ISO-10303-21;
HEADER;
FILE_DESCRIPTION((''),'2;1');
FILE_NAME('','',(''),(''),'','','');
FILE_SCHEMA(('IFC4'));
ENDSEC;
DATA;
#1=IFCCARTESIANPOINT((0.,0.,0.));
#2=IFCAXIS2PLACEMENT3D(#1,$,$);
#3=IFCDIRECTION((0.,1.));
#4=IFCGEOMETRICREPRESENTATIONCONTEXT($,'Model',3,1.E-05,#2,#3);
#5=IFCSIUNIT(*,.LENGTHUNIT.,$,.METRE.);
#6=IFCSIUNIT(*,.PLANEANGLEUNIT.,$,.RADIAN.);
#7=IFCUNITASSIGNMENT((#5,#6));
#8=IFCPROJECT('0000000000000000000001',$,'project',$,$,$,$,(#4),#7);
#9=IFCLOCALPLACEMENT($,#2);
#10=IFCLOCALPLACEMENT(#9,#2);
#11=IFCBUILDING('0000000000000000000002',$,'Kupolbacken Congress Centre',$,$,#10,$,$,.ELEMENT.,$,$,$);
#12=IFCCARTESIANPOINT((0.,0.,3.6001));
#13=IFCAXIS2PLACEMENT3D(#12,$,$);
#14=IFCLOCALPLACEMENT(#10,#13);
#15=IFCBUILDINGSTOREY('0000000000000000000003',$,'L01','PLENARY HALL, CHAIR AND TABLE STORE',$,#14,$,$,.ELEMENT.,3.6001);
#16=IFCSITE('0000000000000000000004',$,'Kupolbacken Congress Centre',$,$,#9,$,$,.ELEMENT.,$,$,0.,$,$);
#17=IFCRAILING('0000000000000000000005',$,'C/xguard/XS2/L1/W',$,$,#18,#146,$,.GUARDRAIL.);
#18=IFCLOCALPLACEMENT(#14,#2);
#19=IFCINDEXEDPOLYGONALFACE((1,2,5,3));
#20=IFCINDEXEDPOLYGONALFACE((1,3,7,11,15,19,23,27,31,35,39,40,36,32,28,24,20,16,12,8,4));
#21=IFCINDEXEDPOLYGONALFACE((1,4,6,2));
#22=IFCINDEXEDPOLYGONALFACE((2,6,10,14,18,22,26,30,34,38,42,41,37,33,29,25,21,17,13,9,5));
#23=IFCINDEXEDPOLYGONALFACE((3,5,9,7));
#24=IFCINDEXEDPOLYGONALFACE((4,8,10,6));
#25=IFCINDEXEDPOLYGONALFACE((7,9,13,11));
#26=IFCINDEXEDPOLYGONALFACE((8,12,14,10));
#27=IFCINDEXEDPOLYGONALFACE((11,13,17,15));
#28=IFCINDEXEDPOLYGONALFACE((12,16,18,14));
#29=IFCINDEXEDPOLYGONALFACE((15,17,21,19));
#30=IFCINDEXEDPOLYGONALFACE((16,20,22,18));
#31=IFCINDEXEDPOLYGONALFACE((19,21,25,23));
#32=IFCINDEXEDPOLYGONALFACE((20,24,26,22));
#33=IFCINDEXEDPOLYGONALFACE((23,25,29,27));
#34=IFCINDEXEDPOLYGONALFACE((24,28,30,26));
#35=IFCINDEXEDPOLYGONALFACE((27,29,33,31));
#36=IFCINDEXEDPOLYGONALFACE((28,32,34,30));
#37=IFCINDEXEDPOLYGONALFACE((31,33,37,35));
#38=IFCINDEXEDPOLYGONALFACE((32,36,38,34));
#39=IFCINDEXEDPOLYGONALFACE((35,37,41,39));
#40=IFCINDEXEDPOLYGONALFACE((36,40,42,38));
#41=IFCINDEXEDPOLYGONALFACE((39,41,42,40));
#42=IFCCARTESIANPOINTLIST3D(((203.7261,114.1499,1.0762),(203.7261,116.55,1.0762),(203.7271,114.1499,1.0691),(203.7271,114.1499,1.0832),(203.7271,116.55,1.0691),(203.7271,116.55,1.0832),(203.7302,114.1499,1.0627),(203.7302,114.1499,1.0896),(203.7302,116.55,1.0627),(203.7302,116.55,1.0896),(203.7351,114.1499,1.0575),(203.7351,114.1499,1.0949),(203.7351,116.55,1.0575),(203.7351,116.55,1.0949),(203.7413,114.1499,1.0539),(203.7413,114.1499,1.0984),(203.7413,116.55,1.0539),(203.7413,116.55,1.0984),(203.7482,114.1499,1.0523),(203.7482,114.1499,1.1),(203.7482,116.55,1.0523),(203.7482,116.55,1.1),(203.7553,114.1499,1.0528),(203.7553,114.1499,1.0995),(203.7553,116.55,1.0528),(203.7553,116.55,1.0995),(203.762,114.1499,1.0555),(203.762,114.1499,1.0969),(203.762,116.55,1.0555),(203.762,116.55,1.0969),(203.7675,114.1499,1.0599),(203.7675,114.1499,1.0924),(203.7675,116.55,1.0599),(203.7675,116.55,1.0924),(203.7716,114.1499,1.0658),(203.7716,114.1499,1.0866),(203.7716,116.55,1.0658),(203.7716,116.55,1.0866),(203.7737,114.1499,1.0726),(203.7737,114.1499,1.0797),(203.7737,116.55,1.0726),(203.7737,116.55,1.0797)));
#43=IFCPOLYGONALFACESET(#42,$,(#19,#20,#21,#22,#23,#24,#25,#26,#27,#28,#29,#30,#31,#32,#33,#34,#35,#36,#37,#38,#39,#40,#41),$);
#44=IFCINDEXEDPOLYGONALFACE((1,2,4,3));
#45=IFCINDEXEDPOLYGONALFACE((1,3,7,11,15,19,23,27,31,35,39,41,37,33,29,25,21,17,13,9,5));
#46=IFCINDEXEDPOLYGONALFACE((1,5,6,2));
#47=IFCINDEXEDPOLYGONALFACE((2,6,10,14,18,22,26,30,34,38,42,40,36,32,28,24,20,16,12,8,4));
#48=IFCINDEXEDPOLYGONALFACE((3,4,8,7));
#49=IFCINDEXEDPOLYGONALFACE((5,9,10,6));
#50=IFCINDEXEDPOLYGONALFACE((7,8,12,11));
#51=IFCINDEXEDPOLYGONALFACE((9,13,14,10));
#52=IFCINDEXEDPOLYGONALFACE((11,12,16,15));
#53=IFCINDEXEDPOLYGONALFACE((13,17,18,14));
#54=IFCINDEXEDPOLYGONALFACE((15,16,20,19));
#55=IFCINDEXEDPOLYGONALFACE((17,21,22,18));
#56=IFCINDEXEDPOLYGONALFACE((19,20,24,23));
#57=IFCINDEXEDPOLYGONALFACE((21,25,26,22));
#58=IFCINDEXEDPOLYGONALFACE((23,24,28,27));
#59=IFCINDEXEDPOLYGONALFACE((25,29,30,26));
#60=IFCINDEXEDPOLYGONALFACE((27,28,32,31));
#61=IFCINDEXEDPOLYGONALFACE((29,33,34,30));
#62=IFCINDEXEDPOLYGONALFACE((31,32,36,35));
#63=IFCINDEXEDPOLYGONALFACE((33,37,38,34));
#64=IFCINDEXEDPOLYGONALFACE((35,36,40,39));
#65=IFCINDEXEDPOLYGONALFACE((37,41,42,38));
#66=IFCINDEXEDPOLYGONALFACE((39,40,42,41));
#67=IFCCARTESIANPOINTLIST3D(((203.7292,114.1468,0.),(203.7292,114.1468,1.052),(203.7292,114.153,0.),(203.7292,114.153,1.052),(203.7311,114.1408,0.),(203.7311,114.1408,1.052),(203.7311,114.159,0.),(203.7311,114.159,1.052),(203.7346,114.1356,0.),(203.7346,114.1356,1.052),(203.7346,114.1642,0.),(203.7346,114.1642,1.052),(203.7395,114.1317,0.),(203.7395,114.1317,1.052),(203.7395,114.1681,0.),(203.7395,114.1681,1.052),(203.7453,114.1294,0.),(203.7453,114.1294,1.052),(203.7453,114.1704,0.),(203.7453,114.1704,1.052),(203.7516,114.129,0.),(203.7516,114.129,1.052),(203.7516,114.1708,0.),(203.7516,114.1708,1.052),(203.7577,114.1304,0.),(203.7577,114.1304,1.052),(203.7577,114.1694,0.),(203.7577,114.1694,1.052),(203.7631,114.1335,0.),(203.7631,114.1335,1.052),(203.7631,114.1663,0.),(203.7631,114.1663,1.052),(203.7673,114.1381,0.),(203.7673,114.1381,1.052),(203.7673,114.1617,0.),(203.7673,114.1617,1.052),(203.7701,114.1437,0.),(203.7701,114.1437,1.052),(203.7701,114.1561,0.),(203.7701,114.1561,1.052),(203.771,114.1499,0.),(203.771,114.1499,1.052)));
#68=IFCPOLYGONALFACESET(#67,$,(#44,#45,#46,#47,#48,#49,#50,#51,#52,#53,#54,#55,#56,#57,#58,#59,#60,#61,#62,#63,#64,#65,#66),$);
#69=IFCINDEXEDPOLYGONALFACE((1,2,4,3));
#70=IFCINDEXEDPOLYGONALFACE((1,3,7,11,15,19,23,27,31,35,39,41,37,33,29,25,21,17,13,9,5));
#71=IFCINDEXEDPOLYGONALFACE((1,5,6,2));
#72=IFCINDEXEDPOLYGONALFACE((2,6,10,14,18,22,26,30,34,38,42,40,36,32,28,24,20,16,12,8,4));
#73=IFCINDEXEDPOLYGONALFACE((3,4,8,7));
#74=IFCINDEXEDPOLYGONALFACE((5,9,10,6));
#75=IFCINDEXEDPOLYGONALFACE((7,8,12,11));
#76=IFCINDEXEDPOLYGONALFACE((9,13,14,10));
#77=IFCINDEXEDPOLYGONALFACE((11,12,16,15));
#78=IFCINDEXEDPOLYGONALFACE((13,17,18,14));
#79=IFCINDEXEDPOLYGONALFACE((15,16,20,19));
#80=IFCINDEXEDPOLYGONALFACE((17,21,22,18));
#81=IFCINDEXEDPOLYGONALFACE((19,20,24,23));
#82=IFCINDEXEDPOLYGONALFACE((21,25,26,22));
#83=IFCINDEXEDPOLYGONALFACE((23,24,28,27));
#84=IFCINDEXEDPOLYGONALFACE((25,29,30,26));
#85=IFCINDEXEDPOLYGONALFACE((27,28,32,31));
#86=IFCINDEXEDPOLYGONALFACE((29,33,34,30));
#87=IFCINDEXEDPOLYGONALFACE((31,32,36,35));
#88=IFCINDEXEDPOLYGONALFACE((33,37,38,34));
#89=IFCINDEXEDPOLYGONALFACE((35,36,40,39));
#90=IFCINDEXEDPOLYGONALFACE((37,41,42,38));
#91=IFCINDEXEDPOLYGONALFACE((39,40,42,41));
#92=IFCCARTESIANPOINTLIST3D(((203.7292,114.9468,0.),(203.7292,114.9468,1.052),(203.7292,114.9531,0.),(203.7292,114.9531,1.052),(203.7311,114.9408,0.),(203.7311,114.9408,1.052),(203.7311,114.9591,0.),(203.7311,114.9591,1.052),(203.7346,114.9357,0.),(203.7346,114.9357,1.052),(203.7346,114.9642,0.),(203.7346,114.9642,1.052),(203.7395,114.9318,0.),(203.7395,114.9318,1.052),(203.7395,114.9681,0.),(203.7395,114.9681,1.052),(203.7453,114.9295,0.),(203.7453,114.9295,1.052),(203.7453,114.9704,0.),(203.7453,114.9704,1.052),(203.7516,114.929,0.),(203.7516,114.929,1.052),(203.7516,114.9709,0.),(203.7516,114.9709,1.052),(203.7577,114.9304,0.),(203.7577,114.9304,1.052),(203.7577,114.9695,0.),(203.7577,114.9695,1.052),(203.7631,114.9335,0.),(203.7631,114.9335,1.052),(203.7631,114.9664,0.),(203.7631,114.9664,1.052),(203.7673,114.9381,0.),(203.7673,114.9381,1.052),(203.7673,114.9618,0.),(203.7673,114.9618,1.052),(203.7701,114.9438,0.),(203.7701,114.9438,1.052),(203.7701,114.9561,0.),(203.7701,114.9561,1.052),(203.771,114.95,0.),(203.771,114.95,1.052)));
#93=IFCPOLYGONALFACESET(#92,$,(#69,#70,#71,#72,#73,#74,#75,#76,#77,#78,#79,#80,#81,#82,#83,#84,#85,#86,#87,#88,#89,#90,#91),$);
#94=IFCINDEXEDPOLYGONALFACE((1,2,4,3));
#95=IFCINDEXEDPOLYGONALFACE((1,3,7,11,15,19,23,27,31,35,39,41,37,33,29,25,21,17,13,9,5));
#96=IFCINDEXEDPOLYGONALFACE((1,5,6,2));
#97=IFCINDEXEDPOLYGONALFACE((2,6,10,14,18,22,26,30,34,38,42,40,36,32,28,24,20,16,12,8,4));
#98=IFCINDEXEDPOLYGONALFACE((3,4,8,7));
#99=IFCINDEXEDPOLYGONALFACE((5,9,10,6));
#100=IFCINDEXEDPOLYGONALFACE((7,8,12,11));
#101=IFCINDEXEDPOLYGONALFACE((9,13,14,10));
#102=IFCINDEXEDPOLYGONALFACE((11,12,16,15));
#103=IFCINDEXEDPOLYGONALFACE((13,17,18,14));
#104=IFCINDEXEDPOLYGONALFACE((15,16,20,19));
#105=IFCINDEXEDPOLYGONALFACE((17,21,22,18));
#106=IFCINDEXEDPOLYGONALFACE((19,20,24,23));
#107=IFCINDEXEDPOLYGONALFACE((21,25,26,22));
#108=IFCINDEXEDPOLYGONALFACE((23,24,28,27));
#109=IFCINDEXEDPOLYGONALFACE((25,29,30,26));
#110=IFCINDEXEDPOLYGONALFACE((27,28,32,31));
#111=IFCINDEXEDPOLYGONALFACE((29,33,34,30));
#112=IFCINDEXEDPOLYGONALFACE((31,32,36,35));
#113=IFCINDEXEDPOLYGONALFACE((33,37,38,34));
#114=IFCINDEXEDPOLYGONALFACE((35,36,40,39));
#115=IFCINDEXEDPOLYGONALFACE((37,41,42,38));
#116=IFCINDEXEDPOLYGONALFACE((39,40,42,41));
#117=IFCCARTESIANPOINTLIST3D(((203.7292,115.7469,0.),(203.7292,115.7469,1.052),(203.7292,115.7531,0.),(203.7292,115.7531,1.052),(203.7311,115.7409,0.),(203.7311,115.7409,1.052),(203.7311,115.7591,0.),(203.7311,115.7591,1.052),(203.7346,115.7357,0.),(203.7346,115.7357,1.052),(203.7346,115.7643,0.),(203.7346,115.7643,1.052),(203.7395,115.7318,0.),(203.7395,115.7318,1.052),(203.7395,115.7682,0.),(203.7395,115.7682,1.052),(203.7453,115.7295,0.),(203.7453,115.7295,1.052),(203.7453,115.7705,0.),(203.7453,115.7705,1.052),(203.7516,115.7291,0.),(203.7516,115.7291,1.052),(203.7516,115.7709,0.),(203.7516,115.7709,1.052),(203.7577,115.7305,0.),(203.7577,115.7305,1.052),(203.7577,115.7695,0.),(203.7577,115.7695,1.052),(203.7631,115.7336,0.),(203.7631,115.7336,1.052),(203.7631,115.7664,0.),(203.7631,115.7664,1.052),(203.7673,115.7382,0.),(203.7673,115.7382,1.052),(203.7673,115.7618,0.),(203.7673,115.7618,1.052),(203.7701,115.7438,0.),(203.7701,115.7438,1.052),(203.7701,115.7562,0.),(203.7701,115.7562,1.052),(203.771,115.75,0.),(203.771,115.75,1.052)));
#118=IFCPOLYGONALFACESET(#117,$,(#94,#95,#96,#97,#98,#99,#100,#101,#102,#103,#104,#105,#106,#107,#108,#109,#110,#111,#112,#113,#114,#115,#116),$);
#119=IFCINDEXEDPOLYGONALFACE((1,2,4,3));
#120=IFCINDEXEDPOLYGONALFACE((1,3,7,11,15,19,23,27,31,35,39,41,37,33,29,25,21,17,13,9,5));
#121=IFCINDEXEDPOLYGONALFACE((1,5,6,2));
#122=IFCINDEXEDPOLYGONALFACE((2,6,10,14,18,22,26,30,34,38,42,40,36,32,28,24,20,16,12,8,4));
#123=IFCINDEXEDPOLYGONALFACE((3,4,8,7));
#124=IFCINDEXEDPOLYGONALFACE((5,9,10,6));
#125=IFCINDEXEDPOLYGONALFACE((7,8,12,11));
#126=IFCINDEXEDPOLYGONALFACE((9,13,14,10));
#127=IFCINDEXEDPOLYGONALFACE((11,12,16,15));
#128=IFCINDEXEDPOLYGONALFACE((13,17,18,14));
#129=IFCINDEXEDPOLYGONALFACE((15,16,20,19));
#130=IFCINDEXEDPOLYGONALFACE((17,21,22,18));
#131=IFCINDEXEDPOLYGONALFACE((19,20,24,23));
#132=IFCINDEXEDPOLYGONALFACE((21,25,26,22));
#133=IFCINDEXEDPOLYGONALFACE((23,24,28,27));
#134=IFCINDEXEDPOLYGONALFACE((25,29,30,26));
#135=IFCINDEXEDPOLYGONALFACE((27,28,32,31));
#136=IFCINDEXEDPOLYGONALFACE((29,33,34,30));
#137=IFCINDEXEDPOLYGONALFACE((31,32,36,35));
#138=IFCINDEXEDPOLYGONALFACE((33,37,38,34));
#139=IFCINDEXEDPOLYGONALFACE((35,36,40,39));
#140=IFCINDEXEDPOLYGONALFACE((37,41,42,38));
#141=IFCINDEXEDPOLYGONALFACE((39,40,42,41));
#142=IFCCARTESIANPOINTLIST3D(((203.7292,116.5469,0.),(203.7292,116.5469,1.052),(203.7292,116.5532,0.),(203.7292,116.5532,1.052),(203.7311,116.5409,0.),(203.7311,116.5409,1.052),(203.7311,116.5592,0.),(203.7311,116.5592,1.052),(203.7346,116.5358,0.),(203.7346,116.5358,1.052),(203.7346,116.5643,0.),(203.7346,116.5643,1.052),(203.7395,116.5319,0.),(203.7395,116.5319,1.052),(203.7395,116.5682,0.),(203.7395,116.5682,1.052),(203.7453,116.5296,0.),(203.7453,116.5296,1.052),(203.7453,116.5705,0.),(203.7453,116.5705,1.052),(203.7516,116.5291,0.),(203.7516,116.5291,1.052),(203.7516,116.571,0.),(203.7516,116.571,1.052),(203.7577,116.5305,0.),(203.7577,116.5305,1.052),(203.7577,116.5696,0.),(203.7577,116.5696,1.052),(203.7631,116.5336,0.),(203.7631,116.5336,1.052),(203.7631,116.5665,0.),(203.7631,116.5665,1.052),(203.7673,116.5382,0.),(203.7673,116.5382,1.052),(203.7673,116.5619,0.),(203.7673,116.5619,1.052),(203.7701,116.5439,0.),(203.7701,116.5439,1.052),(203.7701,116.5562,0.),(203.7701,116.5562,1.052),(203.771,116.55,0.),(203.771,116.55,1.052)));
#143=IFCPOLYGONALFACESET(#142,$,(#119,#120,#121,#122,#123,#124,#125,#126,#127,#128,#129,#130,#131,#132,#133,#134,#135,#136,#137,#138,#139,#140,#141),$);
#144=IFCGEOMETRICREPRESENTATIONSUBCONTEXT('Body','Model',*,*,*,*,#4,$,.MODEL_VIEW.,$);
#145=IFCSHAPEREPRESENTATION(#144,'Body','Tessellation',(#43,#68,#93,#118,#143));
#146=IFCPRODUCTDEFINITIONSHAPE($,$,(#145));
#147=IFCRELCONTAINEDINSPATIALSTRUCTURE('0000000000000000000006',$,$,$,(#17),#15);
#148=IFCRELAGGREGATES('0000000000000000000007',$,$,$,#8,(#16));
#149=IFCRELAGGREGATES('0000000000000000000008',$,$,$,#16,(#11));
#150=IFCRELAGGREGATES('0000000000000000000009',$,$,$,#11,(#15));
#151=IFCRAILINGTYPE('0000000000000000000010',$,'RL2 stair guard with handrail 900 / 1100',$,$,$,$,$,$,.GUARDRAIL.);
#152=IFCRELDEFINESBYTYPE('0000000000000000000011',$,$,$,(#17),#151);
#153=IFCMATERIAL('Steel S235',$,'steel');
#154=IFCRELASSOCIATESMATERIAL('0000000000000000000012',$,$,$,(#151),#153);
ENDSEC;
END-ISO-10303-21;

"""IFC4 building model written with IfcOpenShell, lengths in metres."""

from ifc_helpers import new_model, si_unit, direction, frame, origin, origin_2d, place, context, subcontext, project, spatial, circle, extrude, material, type_object, element, save


model = new_model("IFC4")

# Units and contexts
model_context = context("Model", 3, precision=1e-05, world=origin(), true_north=direction((0.0, 1.0)))
body_context = subcontext(model_context, "Body", "Model", "MODEL_VIEW")
ifc_project = project(units=[si_unit("LENGTHUNIT", "METRE"), si_unit("PLANEANGLEUNIT", "RADIAN")], contexts=[model_context])

# Site, building, storey
site_placement = place(None, origin())
site = spatial("IfcSite", under=ifc_project, at=site_placement, Name="Kupolbacken Congress Centre", CompositionType="ELEMENT", RefElevation=0.0)
building_placement = place(site_placement, origin())
building = spatial("IfcBuilding", under=site, at=building_placement, Name="Kupolbacken Congress Centre", CompositionType="ELEMENT")
storey_placement = place(building_placement, frame((0.0, 0.0, 3.6001)))
storey = spatial("IfcBuildingStorey", under=building, at=storey_placement, Name="L01", Description="PLENARY HALL, CHAIR AND TABLE STORE", CompositionType="ELEMENT", Elevation=3.6001)

# Railing
ifc_material_1 = material(Name="Steel S235", Category="steel")
railing_type = type_object("IfcRailingType", Name="RL2 stair guard with handrail 900 / 1100", PredefinedType="GUARDRAIL", material=ifc_material_1)
for number, where, name in (
    (1, (203.75, 114.1499, 0.0), "C/xguard/XS2/L1/W"),
):
    element("IfcRailing", number, at=place(storey_placement, frame(where)), inside=storey, type_object=railing_type, Name=name, PredefinedType="GUARDRAIL", context=body_context, shape_type="SweptSolid", body=[
        extrude(circle(Radius=0.0239, at=origin_2d()), frame((0.0, 0.0, 1.0762), z_axis=(0.0, 1.0, 0.0), x_axis=(-1.0, 0.0, 0.0)), (0.0, 0.0, 1.0), 2.4001),
        extrude(circle(Radius=0.021, at=origin_2d()), origin(), (0.0, 0.0, 1.0), 1.052),
        extrude(circle(Radius=0.021, at=origin_2d()), frame((0.0, 0.8, 0.0)), (0.0, 0.0, 1.0), 1.052),
        extrude(circle(Radius=0.021, at=origin_2d()), frame((0.0, 1.6001, 0.0)), (0.0, 0.0, 1.0), 1.052),
        extrude(circle(Radius=0.021, at=origin_2d()), frame((0.0, 2.4001, 0.0)), (0.0, 0.0, 1.0), 1.052),
    ])

save(model, "model.ifc")
